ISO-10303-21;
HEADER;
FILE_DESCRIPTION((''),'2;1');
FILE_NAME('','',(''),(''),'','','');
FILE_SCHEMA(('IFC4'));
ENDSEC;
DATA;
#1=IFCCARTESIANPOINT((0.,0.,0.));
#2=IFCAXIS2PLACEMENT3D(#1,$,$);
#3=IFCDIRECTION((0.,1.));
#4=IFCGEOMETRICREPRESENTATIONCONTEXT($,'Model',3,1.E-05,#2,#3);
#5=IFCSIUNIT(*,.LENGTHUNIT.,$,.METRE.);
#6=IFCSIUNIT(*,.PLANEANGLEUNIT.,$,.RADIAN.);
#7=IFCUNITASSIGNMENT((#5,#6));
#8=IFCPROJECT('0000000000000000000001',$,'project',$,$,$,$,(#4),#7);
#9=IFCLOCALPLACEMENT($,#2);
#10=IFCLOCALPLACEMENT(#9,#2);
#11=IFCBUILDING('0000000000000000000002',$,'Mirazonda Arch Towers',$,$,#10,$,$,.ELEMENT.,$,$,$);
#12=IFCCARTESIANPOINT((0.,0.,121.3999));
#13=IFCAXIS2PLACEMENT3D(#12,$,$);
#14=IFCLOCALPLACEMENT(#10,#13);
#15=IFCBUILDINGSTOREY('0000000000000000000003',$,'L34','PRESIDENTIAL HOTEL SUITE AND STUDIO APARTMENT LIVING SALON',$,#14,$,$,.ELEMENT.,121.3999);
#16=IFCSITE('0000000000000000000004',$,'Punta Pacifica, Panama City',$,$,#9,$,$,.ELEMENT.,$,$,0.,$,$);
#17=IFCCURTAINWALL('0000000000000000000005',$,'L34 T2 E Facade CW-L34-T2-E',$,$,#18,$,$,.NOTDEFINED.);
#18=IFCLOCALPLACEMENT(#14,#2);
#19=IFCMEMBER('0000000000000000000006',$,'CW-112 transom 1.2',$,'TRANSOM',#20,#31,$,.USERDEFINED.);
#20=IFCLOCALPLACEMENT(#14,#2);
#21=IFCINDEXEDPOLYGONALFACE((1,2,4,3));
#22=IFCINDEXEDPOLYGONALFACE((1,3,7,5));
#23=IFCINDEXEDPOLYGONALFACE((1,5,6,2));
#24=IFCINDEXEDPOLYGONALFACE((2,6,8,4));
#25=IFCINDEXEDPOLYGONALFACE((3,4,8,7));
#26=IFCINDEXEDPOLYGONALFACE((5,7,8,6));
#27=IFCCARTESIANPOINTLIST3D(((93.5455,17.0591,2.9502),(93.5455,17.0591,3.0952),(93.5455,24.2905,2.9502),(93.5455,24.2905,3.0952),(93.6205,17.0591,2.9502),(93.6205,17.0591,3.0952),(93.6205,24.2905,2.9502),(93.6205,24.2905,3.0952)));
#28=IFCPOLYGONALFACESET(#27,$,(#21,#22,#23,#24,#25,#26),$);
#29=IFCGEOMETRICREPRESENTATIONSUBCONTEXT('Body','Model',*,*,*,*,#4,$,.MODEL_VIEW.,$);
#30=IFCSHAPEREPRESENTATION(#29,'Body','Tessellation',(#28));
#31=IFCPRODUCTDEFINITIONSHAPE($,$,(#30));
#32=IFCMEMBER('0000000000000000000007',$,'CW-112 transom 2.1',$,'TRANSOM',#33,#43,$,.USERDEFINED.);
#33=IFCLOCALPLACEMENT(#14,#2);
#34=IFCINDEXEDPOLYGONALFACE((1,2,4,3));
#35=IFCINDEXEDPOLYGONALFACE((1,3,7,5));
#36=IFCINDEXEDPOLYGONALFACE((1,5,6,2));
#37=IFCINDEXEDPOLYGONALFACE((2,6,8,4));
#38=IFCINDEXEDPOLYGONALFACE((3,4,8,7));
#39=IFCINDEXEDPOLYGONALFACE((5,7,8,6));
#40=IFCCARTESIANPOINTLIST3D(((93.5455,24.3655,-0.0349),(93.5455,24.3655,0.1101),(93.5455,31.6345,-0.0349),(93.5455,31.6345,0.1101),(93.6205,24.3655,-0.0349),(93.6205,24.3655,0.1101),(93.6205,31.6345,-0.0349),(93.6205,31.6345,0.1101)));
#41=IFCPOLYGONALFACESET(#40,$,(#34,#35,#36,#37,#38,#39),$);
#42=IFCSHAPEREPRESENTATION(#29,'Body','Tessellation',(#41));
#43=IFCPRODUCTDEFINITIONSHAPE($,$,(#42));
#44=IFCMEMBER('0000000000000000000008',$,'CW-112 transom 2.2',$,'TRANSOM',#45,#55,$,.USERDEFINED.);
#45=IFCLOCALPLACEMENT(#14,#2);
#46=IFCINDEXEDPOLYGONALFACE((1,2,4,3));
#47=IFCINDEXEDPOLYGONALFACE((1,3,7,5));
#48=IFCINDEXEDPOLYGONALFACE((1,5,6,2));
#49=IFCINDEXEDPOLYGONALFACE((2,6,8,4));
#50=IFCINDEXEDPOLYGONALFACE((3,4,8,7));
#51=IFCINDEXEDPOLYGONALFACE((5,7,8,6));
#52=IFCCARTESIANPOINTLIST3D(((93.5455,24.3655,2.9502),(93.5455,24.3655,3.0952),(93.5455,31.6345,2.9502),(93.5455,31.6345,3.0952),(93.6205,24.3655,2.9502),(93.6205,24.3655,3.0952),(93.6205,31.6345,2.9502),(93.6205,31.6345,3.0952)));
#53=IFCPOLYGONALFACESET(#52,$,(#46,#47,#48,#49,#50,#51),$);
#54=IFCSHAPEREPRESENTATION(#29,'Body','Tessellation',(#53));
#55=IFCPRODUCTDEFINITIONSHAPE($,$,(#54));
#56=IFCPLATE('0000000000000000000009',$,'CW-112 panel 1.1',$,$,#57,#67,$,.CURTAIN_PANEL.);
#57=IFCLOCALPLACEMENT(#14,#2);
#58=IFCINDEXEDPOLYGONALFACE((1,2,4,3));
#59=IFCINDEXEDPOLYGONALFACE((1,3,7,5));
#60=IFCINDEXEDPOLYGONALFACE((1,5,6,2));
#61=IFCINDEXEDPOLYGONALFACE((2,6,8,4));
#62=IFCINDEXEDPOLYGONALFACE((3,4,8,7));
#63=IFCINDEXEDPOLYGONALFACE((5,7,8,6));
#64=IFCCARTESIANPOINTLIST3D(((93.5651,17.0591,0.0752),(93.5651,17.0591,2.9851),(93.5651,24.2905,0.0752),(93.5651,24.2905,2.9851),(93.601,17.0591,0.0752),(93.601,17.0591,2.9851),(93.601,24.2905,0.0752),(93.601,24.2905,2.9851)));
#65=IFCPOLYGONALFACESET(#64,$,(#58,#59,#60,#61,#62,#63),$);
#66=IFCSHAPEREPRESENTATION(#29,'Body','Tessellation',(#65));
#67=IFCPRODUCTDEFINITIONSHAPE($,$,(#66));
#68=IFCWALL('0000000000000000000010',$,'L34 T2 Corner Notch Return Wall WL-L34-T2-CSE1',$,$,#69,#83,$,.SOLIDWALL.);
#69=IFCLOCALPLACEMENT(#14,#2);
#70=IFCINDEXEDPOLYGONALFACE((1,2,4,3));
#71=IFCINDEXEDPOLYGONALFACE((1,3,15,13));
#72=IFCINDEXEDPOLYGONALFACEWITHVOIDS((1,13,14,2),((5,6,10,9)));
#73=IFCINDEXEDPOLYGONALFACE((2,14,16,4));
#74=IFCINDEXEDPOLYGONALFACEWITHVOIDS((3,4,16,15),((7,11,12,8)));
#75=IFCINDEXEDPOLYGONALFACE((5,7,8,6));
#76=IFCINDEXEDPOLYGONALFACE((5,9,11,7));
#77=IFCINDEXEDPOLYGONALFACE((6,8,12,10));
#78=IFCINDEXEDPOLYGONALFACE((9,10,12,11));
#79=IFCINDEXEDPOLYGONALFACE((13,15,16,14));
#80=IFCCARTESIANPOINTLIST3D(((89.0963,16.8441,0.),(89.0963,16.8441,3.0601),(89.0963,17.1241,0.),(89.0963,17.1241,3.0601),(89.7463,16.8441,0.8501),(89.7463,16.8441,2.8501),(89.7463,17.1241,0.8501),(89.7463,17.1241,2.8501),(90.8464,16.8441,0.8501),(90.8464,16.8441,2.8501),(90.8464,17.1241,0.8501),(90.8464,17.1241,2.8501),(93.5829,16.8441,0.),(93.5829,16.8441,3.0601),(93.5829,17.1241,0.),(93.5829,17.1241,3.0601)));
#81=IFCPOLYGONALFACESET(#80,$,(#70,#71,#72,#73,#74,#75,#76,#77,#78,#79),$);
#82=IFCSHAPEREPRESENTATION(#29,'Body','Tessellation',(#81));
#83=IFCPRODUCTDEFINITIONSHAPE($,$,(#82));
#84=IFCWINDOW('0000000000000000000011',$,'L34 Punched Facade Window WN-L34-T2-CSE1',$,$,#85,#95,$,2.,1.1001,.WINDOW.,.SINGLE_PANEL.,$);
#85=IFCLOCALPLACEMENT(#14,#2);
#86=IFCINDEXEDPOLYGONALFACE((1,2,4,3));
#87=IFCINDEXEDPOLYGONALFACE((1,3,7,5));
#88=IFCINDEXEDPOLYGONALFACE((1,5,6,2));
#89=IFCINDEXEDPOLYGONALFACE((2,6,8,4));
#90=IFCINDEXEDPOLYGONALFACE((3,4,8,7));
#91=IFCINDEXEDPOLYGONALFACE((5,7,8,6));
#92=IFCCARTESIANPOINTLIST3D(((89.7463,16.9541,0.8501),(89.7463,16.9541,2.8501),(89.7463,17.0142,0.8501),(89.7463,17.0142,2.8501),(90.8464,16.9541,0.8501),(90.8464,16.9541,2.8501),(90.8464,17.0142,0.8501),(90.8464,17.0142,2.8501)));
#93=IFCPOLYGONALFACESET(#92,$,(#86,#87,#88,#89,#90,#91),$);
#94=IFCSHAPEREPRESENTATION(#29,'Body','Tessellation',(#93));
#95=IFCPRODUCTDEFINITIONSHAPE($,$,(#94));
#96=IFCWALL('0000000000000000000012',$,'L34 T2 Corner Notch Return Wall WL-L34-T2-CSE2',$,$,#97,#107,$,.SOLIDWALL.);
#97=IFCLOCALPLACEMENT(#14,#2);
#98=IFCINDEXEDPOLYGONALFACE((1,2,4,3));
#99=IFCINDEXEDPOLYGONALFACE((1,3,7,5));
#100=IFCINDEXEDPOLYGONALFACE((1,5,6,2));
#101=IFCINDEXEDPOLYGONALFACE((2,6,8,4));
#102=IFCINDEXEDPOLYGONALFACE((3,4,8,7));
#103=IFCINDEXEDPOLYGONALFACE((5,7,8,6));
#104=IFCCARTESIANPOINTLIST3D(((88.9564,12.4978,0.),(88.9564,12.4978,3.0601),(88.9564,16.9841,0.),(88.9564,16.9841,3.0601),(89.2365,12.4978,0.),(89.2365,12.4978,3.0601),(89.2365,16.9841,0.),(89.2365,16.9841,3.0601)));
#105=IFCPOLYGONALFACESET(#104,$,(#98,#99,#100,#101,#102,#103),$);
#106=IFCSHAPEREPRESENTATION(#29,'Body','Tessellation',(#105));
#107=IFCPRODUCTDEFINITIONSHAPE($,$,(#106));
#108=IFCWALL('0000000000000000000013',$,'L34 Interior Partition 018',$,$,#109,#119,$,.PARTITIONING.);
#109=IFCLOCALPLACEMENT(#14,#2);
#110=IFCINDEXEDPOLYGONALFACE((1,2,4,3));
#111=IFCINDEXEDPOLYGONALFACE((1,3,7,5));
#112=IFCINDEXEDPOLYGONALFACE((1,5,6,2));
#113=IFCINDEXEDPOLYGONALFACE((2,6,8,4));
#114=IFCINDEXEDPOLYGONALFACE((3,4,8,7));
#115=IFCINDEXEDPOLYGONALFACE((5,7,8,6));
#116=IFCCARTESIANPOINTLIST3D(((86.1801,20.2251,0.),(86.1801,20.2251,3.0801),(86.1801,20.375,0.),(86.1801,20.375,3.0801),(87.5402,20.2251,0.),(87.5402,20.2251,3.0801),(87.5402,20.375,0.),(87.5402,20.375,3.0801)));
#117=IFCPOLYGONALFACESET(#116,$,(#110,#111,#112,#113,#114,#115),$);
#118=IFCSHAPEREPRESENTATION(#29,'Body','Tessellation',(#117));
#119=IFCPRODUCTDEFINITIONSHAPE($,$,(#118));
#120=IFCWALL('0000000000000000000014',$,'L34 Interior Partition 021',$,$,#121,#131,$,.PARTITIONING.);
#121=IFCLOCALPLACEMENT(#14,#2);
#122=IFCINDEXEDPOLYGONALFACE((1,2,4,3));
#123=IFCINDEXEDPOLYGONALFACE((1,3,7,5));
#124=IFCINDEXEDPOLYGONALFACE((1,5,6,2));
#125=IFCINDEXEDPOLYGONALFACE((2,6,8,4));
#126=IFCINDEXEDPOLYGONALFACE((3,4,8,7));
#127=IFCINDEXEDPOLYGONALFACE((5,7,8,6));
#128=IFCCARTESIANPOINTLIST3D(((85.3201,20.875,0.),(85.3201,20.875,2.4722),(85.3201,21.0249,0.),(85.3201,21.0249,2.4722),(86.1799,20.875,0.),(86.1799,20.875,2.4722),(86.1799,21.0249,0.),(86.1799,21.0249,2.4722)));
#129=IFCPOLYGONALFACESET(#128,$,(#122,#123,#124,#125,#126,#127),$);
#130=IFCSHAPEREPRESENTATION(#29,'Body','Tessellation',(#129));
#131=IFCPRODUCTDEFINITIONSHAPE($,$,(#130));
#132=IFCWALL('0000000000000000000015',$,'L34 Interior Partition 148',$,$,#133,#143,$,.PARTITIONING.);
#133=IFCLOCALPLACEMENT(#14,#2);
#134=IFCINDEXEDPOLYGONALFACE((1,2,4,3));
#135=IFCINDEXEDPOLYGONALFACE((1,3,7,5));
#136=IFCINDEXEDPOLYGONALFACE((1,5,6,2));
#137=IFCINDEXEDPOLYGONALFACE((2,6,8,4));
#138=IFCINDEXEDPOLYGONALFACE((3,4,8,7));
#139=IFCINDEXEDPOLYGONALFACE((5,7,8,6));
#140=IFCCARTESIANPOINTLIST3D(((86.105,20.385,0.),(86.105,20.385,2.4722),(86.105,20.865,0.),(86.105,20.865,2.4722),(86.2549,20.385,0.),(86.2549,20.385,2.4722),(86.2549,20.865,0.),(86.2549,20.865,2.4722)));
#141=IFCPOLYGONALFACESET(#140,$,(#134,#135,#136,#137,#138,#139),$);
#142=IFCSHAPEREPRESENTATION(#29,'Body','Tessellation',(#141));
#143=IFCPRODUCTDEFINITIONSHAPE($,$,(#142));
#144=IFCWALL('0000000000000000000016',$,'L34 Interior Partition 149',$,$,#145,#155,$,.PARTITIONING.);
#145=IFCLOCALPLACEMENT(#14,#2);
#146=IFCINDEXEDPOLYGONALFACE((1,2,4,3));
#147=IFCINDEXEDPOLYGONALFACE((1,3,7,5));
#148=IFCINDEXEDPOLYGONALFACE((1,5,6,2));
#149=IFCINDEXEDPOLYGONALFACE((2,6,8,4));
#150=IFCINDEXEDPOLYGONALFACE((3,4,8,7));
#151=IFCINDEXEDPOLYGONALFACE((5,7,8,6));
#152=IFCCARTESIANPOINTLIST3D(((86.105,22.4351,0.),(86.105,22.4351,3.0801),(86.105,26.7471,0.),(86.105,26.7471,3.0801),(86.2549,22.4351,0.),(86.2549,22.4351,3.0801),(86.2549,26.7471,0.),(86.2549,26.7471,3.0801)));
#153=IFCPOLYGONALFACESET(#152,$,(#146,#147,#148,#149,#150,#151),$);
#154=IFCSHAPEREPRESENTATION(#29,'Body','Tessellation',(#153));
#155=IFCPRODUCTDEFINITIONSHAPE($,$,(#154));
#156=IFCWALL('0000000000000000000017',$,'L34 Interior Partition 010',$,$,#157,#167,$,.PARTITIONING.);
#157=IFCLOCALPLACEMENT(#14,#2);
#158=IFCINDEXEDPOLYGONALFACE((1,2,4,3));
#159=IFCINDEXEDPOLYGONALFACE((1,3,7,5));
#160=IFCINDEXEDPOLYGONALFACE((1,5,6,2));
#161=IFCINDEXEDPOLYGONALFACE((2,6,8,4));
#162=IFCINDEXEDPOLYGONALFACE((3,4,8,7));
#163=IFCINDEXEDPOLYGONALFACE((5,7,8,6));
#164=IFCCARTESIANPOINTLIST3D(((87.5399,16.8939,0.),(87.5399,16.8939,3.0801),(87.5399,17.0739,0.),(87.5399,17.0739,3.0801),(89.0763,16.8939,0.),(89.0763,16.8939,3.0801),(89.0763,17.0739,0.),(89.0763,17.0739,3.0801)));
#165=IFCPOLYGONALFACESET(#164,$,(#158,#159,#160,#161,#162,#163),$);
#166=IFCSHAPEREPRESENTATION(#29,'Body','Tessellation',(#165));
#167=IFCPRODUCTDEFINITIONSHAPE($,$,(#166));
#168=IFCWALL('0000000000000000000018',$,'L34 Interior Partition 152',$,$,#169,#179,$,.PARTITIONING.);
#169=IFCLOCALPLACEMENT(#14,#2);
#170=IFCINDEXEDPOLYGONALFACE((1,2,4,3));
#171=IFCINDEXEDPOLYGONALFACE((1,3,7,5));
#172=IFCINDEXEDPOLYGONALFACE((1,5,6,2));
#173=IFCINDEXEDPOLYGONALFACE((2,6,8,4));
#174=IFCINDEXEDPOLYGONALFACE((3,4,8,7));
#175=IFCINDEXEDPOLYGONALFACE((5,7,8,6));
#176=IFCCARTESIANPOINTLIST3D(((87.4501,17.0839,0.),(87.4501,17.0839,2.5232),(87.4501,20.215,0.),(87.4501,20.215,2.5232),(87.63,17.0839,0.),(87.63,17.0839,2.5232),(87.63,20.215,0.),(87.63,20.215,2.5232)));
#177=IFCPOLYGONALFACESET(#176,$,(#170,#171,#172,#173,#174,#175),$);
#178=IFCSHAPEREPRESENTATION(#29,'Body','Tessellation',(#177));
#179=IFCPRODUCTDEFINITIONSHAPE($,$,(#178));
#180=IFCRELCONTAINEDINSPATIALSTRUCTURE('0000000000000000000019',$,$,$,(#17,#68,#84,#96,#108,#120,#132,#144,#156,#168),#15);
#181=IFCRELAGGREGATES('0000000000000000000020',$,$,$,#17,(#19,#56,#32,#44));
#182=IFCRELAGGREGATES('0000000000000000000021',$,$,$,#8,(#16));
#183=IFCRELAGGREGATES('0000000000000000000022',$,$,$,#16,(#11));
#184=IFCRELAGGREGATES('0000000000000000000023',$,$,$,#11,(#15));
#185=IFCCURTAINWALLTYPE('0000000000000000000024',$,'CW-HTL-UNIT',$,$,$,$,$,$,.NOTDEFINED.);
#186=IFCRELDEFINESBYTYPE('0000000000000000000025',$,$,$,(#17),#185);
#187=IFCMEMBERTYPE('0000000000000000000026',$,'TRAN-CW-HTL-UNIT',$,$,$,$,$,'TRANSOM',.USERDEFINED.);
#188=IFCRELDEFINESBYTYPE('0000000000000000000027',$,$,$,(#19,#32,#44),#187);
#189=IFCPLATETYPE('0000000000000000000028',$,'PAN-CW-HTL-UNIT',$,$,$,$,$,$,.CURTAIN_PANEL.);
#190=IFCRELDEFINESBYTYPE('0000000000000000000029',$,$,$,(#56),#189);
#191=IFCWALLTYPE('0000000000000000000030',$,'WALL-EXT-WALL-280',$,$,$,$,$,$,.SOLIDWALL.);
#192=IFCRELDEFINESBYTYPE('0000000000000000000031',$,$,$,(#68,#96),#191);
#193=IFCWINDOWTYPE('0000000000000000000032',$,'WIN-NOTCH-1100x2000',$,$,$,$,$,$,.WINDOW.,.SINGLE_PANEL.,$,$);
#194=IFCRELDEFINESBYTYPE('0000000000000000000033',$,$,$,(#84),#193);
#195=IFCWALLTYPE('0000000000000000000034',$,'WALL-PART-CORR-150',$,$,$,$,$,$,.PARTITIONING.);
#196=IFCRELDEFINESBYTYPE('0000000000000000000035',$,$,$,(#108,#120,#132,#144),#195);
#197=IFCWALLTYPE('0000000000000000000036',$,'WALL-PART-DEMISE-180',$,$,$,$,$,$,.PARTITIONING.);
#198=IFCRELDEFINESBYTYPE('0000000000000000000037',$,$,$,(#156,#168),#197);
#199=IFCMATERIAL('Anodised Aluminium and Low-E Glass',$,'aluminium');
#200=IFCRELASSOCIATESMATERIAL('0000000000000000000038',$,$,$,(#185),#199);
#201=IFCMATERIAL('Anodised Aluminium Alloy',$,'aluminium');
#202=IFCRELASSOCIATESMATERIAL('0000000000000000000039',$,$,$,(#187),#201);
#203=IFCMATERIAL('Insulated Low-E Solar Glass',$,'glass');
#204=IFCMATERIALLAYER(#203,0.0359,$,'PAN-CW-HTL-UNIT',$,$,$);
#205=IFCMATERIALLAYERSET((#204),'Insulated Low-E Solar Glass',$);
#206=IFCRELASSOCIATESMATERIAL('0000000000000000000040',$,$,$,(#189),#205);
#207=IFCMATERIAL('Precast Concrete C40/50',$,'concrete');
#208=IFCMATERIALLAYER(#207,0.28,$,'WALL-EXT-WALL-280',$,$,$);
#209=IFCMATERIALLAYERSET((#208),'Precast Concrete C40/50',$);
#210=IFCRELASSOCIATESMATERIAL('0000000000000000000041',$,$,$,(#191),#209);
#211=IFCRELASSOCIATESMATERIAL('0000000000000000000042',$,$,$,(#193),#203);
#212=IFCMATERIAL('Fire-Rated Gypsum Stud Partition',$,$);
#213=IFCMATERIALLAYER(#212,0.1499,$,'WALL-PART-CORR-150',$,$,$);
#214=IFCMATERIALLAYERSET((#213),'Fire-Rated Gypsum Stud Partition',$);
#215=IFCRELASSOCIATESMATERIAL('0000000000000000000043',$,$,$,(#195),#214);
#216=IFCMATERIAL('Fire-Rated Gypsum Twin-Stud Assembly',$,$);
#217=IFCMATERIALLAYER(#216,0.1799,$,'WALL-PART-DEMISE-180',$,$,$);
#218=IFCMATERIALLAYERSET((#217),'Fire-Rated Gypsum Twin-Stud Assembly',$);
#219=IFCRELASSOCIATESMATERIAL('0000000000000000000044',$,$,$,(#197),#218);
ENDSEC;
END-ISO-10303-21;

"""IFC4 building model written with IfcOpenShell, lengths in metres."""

from ifc_helpers import new_model, si_unit, direction, frame, frame_2d, origin, origin_2d, place, context, subcontext, project, spatial, rectangle, extrude, material, layer, layer_set, material_profile, profile_set, type_object, element, fill, aggregate, save


model = new_model("IFC4")

# Units and contexts
model_context = context("Model", 3, precision=1e-05, world=origin(), true_north=direction((0.0, 1.0)))
body_context = subcontext(model_context, "Body", "Model", "MODEL_VIEW")
ifc_project = project(units=[si_unit("LENGTHUNIT", "METRE"), si_unit("PLANEANGLEUNIT", "RADIAN")], contexts=[model_context])

# Site, building, storey
site_placement = place(None, origin())
site = spatial("IfcSite", under=ifc_project, at=site_placement, Name="Punta Pacifica, Panama City", CompositionType="ELEMENT", RefElevation=0.0)
building_placement = place(site_placement, origin())
building = spatial("IfcBuilding", under=site, at=building_placement, Name="Mirazonda Arch Towers", CompositionType="ELEMENT")
storey_placement = place(building_placement, frame((0.0, 0.0, 121.3999)))
storey = spatial("IfcBuildingStorey", under=building, at=storey_placement, Name="L34", Description="PRESIDENTIAL HOTEL SUITE AND STUDIO APARTMENT LIVING SALON", CompositionType="ELEMENT", Elevation=121.3999)

# Shared definitions
ifc_material_1 = material(Name="Anodised Aluminium and Low-E Glass", Category="aluminium")
curtain_wall_type = type_object("IfcCurtainWallType", Name="CW-HTL-UNIT", PredefinedType="NOTDEFINED", material=ifc_material_1)
ifc_material_2 = material(Name="Anodised Aluminium Alloy", Category="aluminium")

# Curtain wall
curtain_wall_1_placement = place(storey_placement, origin())
curtain_wall_1 = element("IfcCurtainWall", 1, at=curtain_wall_1_placement, inside=storey, type_object=curtain_wall_type, Name="L34 T2 E Facade CW-L34-T2-E", PredefinedType="NOTDEFINED")

# Members
ifc_material_profile_1 = material_profile(ifc_material_2, rectangle(XDim=0.075, YDim=0.145, at=origin_2d()), Name="ALU-TRAN-75x145")
ifc_profile_set_1 = profile_set([ifc_material_profile_1], Name="Anodised Aluminium Alloy")
member_type_1 = type_object("IfcMemberType", Name="TRAN-CW-HTL-UNIT", ElementType="TRANSOM", PredefinedType="USERDEFINED", material=ifc_profile_set_1)
member_1_placement = place(storey_placement, frame((93.583, 17.0591, 3.0227), z_axis=(0.0, 1.0, 0.0), x_axis=(-1.0, 0.0, 0.0)))
member_1 = element("IfcMember", 2, at=member_1_placement, type_object=member_type_1, Name="CW-112 transom 1.2", ObjectType="TRANSOM", PredefinedType="USERDEFINED", context=body_context, shape_type="SweptSolid", body=[
    extrude(rectangle(XDim=0.075, YDim=0.145, at=origin_2d()), origin(), (0.0, 0.0, 1.0), 7.2314),
])
member_2_placement = place(storey_placement, frame((93.583, 24.3655, 0.0376), z_axis=(0.0, 1.0, 0.0), x_axis=(-1.0, 0.0, 0.0)))
member_2 = element("IfcMember", 3, at=member_2_placement, type_object=member_type_1, Name="CW-112 transom 2.1", ObjectType="TRANSOM", PredefinedType="USERDEFINED", context=body_context, shape_type="SweptSolid", body=[
    extrude(rectangle(XDim=0.075, YDim=0.145, at=origin_2d()), origin(), (0.0, 0.0, 1.0), 7.269),
])
member_3_placement = place(storey_placement, frame((93.583, 24.3655, 3.0227), z_axis=(0.0, 1.0, 0.0), x_axis=(-1.0, 0.0, 0.0)))
member_3 = element("IfcMember", 4, at=member_3_placement, type_object=member_type_1, Name="CW-112 transom 2.2", ObjectType="TRANSOM", PredefinedType="USERDEFINED", context=body_context, shape_type="SweptSolid", body=[
    extrude(rectangle(XDim=0.075, YDim=0.145, at=origin_2d()), origin(), (0.0, 0.0, 1.0), 7.269),
])

# Plate
ifc_material_3 = material(Name="Insulated Low-E Solar Glass", Category="glass")
ifc_layer_1 = layer(ifc_material_3, 0.0359, Name="PAN-CW-HTL-UNIT")
ifc_layer_set_1 = layer_set([ifc_layer_1], Name="Insulated Low-E Solar Glass")
plate_type = type_object("IfcPlateType", Name="PAN-CW-HTL-UNIT", PredefinedType="CURTAIN_PANEL", material=ifc_layer_set_1)
plate_placement = place(storey_placement, frame((93.583, 20.6748, 0.0752), z_axis=(0.0, 0.0, 1.0), x_axis=(0.0, 1.0, 0.0)))
plate = element("IfcPlate", 5, at=plate_placement, type_object=plate_type, Name="CW-112 panel 1.1", PredefinedType="CURTAIN_PANEL", context=body_context, shape_type="SweptSolid", body=[
    extrude(rectangle(XDim=7.2314, YDim=0.0359, at=origin_2d()), origin(), (0.0, 0.0, 1.0), 2.9099),
])
aggregate(curtain_wall_1, [member_1, plate, member_2, member_3])

# Wall, opening, window
ifc_material_4 = material(Name="Precast Concrete C40/50", Category="concrete")
ifc_layer_2 = layer(ifc_material_4, 0.28, Name="WALL-EXT-WALL-280")
ifc_layer_set_2 = layer_set([ifc_layer_2], Name="Precast Concrete C40/50")
wall_type_1 = type_object("IfcWallType", Name="WALL-EXT-WALL-280", PredefinedType="SOLIDWALL", material=ifc_layer_set_2)
wall_1_placement = place(storey_placement, frame((89.0964, 16.9841, 0.0), z_axis=(0.0, 0.0, 1.0), x_axis=(1.0, 0.0, 0.0)))
wall_1 = element("IfcWall", 6, at=wall_1_placement, inside=storey, type_object=wall_type_1, Name="L34 T2 Corner Notch Return Wall WL-L34-T2-CSE1", PredefinedType="SOLIDWALL", context=body_context, shape_type="SweptSolid", body=[
    extrude(rectangle(XDim=4.4866, YDim=0.28, at=frame_2d((2.2432, 0.0))), origin(), (0.0, 0.0, 1.0), 3.0601),
])
opening_1_placement = place(wall_1_placement, frame((0.6499, 0.0, 0.8501)))
opening_1 = element("IfcOpeningElement", 7, at=opening_1_placement, cuts=wall_1, PredefinedType="OPENING", context=body_context, shape_type="SweptSolid", body=[
    extrude(rectangle(XDim=1.1001, YDim=2.0, at=frame_2d((0.55, 1.0))), frame((0.0, 0.1499, 0.0), z_axis=(0.0, -1.0, 0.0), x_axis=(1.0, 0.0, 0.0)), (0.0, 0.0, 1.0), 0.3),
])
window_type = type_object("IfcWindowType", Name="WIN-NOTCH-1100x2000", PartitioningType="SINGLE_PANEL", PredefinedType="WINDOW", material=ifc_material_3)
window_placement = place(opening_1_placement, origin())
window = element("IfcWindow", 8, at=window_placement, inside=storey, type_object=window_type, Name="L34 Punched Facade Window WN-L34-T2-CSE1", OverallHeight=2.0, OverallWidth=1.1001, PartitioningType="SINGLE_PANEL", PredefinedType="WINDOW", context=body_context, shape_type="SweptSolid", body=[
    extrude(rectangle(XDim=1.1001, YDim=2.0, at=frame_2d((0.55, 1.0))), frame((0.0, 0.03, 0.0), z_axis=(0.0, -1.0, 0.0), x_axis=(1.0, 0.0, 0.0)), (0.0, 0.0, 1.0), 0.0601),
])
fill(opening_1, window)

# Walls
wall_2_placement = place(storey_placement, frame((89.0964, 12.4978, 0.0), z_axis=(0.0, 0.0, 1.0), x_axis=(0.0, 1.0, 0.0)))
element("IfcWall", 9, at=wall_2_placement, inside=storey, type_object=wall_type_1, Name="L34 T2 Corner Notch Return Wall WL-L34-T2-CSE2", PredefinedType="SOLIDWALL", context=body_context, shape_type="SweptSolid", body=[
    extrude(rectangle(XDim=4.4863, YDim=0.28, at=frame_2d((2.2432, 0.0))), origin(), (0.0, 0.0, 1.0), 3.0601),
])
ifc_material_5 = material(Name="Fire-Rated Gypsum Stud Partition")
ifc_layer_3 = layer(ifc_material_5, 0.1499, Name="WALL-PART-CORR-150")
ifc_layer_set_3 = layer_set([ifc_layer_3], Name="Fire-Rated Gypsum Stud Partition")
wall_type_2 = type_object("IfcWallType", Name="WALL-PART-CORR-150", PredefinedType="PARTITIONING", material=ifc_layer_set_3)
wall_3_placement = place(storey_placement, frame((86.1799, 20.3, 0.0), z_axis=(0.0, 0.0, 1.0), x_axis=(1.0, 0.0, 0.0)))
element("IfcWall", 10, at=wall_3_placement, inside=storey, type_object=wall_type_2, Name="L34 Interior Partition 018", PredefinedType="PARTITIONING", context=body_context, shape_type="SweptSolid", body=[
    extrude(rectangle(XDim=1.3601, YDim=0.1499, at=frame_2d((0.6802, 0.0))), origin(), (0.0, 0.0, 1.0), 3.0801),
])
wall_4_placement = place(storey_placement, frame((85.3201, 20.95, 0.0), z_axis=(0.0, 0.0, 1.0), x_axis=(1.0, 0.0, 0.0)))
element("IfcWall", 11, at=wall_4_placement, inside=storey, type_object=wall_type_2, Name="L34 Interior Partition 021", PredefinedType="PARTITIONING", context=body_context, shape_type="SweptSolid", body=[
    extrude(rectangle(XDim=0.8599, YDim=0.1499, at=frame_2d((0.4299, 0.0))), origin(), (0.0, 0.0, 1.0), 2.4722),
])
wall_5_placement = place(storey_placement, frame((86.1799, 20.385, 0.0), z_axis=(0.0, 0.0, 1.0), x_axis=(0.0, 1.0, 0.0)))
element("IfcWall", 12, at=wall_5_placement, inside=storey, type_object=wall_type_2, Name="L34 Interior Partition 148", PredefinedType="PARTITIONING", context=body_context, shape_type="SweptSolid", body=[
    extrude(rectangle(XDim=0.48, YDim=0.1499, at=frame_2d((0.24, 0.0))), origin(), (0.0, 0.0, 1.0), 2.4722),
])
wall_6_placement = place(storey_placement, frame((86.1799, 22.4351, 0.0), z_axis=(0.0, 0.0, 1.0), x_axis=(0.0, 1.0, 0.0)))
element("IfcWall", 13, at=wall_6_placement, inside=storey, type_object=wall_type_2, Name="L34 Interior Partition 149", PredefinedType="PARTITIONING", context=body_context, shape_type="SweptSolid", body=[
    extrude(rectangle(XDim=4.312, YDim=0.1499, at=frame_2d((2.156, 0.0))), origin(), (0.0, 0.0, 1.0), 3.0801),
])
ifc_material_6 = material(Name="Fire-Rated Gypsum Twin-Stud Assembly")
ifc_layer_4 = layer(ifc_material_6, 0.1799, Name="WALL-PART-DEMISE-180")
ifc_layer_set_4 = layer_set([ifc_layer_4], Name="Fire-Rated Gypsum Twin-Stud Assembly")
wall_type_3 = type_object("IfcWallType", Name="WALL-PART-DEMISE-180", PredefinedType="PARTITIONING", material=ifc_layer_set_4)
wall_7_placement = place(storey_placement, frame((87.54, 16.9839, 0.0), z_axis=(0.0, 0.0, 1.0), x_axis=(1.0, 0.0, 0.0)))
element("IfcWall", 14, at=wall_7_placement, inside=storey, type_object=wall_type_3, Name="L34 Interior Partition 010", PredefinedType="PARTITIONING", context=body_context, shape_type="SweptSolid", body=[
    extrude(rectangle(XDim=1.5364, YDim=0.1799, at=frame_2d((0.7681, 0.0))), origin(), (0.0, 0.0, 1.0), 3.0801),
])

# Wall
wall_8_placement = place(storey_placement, frame((87.54, 17.084, 0.0), z_axis=(0.0, 0.0, 1.0), x_axis=(0.0, 1.0, 0.0)))
element("IfcWall", 15, at=wall_8_placement, inside=storey, type_object=wall_type_3, Name="L34 Interior Partition 152", PredefinedType="PARTITIONING", context=body_context, shape_type="SweptSolid", body=[
    extrude(rectangle(XDim=3.1311, YDim=0.1799, at=frame_2d((1.5654, 0.0))), origin(), (0.0, 0.0, 1.0), 2.5232),
])

save(model, "model.ifc")
